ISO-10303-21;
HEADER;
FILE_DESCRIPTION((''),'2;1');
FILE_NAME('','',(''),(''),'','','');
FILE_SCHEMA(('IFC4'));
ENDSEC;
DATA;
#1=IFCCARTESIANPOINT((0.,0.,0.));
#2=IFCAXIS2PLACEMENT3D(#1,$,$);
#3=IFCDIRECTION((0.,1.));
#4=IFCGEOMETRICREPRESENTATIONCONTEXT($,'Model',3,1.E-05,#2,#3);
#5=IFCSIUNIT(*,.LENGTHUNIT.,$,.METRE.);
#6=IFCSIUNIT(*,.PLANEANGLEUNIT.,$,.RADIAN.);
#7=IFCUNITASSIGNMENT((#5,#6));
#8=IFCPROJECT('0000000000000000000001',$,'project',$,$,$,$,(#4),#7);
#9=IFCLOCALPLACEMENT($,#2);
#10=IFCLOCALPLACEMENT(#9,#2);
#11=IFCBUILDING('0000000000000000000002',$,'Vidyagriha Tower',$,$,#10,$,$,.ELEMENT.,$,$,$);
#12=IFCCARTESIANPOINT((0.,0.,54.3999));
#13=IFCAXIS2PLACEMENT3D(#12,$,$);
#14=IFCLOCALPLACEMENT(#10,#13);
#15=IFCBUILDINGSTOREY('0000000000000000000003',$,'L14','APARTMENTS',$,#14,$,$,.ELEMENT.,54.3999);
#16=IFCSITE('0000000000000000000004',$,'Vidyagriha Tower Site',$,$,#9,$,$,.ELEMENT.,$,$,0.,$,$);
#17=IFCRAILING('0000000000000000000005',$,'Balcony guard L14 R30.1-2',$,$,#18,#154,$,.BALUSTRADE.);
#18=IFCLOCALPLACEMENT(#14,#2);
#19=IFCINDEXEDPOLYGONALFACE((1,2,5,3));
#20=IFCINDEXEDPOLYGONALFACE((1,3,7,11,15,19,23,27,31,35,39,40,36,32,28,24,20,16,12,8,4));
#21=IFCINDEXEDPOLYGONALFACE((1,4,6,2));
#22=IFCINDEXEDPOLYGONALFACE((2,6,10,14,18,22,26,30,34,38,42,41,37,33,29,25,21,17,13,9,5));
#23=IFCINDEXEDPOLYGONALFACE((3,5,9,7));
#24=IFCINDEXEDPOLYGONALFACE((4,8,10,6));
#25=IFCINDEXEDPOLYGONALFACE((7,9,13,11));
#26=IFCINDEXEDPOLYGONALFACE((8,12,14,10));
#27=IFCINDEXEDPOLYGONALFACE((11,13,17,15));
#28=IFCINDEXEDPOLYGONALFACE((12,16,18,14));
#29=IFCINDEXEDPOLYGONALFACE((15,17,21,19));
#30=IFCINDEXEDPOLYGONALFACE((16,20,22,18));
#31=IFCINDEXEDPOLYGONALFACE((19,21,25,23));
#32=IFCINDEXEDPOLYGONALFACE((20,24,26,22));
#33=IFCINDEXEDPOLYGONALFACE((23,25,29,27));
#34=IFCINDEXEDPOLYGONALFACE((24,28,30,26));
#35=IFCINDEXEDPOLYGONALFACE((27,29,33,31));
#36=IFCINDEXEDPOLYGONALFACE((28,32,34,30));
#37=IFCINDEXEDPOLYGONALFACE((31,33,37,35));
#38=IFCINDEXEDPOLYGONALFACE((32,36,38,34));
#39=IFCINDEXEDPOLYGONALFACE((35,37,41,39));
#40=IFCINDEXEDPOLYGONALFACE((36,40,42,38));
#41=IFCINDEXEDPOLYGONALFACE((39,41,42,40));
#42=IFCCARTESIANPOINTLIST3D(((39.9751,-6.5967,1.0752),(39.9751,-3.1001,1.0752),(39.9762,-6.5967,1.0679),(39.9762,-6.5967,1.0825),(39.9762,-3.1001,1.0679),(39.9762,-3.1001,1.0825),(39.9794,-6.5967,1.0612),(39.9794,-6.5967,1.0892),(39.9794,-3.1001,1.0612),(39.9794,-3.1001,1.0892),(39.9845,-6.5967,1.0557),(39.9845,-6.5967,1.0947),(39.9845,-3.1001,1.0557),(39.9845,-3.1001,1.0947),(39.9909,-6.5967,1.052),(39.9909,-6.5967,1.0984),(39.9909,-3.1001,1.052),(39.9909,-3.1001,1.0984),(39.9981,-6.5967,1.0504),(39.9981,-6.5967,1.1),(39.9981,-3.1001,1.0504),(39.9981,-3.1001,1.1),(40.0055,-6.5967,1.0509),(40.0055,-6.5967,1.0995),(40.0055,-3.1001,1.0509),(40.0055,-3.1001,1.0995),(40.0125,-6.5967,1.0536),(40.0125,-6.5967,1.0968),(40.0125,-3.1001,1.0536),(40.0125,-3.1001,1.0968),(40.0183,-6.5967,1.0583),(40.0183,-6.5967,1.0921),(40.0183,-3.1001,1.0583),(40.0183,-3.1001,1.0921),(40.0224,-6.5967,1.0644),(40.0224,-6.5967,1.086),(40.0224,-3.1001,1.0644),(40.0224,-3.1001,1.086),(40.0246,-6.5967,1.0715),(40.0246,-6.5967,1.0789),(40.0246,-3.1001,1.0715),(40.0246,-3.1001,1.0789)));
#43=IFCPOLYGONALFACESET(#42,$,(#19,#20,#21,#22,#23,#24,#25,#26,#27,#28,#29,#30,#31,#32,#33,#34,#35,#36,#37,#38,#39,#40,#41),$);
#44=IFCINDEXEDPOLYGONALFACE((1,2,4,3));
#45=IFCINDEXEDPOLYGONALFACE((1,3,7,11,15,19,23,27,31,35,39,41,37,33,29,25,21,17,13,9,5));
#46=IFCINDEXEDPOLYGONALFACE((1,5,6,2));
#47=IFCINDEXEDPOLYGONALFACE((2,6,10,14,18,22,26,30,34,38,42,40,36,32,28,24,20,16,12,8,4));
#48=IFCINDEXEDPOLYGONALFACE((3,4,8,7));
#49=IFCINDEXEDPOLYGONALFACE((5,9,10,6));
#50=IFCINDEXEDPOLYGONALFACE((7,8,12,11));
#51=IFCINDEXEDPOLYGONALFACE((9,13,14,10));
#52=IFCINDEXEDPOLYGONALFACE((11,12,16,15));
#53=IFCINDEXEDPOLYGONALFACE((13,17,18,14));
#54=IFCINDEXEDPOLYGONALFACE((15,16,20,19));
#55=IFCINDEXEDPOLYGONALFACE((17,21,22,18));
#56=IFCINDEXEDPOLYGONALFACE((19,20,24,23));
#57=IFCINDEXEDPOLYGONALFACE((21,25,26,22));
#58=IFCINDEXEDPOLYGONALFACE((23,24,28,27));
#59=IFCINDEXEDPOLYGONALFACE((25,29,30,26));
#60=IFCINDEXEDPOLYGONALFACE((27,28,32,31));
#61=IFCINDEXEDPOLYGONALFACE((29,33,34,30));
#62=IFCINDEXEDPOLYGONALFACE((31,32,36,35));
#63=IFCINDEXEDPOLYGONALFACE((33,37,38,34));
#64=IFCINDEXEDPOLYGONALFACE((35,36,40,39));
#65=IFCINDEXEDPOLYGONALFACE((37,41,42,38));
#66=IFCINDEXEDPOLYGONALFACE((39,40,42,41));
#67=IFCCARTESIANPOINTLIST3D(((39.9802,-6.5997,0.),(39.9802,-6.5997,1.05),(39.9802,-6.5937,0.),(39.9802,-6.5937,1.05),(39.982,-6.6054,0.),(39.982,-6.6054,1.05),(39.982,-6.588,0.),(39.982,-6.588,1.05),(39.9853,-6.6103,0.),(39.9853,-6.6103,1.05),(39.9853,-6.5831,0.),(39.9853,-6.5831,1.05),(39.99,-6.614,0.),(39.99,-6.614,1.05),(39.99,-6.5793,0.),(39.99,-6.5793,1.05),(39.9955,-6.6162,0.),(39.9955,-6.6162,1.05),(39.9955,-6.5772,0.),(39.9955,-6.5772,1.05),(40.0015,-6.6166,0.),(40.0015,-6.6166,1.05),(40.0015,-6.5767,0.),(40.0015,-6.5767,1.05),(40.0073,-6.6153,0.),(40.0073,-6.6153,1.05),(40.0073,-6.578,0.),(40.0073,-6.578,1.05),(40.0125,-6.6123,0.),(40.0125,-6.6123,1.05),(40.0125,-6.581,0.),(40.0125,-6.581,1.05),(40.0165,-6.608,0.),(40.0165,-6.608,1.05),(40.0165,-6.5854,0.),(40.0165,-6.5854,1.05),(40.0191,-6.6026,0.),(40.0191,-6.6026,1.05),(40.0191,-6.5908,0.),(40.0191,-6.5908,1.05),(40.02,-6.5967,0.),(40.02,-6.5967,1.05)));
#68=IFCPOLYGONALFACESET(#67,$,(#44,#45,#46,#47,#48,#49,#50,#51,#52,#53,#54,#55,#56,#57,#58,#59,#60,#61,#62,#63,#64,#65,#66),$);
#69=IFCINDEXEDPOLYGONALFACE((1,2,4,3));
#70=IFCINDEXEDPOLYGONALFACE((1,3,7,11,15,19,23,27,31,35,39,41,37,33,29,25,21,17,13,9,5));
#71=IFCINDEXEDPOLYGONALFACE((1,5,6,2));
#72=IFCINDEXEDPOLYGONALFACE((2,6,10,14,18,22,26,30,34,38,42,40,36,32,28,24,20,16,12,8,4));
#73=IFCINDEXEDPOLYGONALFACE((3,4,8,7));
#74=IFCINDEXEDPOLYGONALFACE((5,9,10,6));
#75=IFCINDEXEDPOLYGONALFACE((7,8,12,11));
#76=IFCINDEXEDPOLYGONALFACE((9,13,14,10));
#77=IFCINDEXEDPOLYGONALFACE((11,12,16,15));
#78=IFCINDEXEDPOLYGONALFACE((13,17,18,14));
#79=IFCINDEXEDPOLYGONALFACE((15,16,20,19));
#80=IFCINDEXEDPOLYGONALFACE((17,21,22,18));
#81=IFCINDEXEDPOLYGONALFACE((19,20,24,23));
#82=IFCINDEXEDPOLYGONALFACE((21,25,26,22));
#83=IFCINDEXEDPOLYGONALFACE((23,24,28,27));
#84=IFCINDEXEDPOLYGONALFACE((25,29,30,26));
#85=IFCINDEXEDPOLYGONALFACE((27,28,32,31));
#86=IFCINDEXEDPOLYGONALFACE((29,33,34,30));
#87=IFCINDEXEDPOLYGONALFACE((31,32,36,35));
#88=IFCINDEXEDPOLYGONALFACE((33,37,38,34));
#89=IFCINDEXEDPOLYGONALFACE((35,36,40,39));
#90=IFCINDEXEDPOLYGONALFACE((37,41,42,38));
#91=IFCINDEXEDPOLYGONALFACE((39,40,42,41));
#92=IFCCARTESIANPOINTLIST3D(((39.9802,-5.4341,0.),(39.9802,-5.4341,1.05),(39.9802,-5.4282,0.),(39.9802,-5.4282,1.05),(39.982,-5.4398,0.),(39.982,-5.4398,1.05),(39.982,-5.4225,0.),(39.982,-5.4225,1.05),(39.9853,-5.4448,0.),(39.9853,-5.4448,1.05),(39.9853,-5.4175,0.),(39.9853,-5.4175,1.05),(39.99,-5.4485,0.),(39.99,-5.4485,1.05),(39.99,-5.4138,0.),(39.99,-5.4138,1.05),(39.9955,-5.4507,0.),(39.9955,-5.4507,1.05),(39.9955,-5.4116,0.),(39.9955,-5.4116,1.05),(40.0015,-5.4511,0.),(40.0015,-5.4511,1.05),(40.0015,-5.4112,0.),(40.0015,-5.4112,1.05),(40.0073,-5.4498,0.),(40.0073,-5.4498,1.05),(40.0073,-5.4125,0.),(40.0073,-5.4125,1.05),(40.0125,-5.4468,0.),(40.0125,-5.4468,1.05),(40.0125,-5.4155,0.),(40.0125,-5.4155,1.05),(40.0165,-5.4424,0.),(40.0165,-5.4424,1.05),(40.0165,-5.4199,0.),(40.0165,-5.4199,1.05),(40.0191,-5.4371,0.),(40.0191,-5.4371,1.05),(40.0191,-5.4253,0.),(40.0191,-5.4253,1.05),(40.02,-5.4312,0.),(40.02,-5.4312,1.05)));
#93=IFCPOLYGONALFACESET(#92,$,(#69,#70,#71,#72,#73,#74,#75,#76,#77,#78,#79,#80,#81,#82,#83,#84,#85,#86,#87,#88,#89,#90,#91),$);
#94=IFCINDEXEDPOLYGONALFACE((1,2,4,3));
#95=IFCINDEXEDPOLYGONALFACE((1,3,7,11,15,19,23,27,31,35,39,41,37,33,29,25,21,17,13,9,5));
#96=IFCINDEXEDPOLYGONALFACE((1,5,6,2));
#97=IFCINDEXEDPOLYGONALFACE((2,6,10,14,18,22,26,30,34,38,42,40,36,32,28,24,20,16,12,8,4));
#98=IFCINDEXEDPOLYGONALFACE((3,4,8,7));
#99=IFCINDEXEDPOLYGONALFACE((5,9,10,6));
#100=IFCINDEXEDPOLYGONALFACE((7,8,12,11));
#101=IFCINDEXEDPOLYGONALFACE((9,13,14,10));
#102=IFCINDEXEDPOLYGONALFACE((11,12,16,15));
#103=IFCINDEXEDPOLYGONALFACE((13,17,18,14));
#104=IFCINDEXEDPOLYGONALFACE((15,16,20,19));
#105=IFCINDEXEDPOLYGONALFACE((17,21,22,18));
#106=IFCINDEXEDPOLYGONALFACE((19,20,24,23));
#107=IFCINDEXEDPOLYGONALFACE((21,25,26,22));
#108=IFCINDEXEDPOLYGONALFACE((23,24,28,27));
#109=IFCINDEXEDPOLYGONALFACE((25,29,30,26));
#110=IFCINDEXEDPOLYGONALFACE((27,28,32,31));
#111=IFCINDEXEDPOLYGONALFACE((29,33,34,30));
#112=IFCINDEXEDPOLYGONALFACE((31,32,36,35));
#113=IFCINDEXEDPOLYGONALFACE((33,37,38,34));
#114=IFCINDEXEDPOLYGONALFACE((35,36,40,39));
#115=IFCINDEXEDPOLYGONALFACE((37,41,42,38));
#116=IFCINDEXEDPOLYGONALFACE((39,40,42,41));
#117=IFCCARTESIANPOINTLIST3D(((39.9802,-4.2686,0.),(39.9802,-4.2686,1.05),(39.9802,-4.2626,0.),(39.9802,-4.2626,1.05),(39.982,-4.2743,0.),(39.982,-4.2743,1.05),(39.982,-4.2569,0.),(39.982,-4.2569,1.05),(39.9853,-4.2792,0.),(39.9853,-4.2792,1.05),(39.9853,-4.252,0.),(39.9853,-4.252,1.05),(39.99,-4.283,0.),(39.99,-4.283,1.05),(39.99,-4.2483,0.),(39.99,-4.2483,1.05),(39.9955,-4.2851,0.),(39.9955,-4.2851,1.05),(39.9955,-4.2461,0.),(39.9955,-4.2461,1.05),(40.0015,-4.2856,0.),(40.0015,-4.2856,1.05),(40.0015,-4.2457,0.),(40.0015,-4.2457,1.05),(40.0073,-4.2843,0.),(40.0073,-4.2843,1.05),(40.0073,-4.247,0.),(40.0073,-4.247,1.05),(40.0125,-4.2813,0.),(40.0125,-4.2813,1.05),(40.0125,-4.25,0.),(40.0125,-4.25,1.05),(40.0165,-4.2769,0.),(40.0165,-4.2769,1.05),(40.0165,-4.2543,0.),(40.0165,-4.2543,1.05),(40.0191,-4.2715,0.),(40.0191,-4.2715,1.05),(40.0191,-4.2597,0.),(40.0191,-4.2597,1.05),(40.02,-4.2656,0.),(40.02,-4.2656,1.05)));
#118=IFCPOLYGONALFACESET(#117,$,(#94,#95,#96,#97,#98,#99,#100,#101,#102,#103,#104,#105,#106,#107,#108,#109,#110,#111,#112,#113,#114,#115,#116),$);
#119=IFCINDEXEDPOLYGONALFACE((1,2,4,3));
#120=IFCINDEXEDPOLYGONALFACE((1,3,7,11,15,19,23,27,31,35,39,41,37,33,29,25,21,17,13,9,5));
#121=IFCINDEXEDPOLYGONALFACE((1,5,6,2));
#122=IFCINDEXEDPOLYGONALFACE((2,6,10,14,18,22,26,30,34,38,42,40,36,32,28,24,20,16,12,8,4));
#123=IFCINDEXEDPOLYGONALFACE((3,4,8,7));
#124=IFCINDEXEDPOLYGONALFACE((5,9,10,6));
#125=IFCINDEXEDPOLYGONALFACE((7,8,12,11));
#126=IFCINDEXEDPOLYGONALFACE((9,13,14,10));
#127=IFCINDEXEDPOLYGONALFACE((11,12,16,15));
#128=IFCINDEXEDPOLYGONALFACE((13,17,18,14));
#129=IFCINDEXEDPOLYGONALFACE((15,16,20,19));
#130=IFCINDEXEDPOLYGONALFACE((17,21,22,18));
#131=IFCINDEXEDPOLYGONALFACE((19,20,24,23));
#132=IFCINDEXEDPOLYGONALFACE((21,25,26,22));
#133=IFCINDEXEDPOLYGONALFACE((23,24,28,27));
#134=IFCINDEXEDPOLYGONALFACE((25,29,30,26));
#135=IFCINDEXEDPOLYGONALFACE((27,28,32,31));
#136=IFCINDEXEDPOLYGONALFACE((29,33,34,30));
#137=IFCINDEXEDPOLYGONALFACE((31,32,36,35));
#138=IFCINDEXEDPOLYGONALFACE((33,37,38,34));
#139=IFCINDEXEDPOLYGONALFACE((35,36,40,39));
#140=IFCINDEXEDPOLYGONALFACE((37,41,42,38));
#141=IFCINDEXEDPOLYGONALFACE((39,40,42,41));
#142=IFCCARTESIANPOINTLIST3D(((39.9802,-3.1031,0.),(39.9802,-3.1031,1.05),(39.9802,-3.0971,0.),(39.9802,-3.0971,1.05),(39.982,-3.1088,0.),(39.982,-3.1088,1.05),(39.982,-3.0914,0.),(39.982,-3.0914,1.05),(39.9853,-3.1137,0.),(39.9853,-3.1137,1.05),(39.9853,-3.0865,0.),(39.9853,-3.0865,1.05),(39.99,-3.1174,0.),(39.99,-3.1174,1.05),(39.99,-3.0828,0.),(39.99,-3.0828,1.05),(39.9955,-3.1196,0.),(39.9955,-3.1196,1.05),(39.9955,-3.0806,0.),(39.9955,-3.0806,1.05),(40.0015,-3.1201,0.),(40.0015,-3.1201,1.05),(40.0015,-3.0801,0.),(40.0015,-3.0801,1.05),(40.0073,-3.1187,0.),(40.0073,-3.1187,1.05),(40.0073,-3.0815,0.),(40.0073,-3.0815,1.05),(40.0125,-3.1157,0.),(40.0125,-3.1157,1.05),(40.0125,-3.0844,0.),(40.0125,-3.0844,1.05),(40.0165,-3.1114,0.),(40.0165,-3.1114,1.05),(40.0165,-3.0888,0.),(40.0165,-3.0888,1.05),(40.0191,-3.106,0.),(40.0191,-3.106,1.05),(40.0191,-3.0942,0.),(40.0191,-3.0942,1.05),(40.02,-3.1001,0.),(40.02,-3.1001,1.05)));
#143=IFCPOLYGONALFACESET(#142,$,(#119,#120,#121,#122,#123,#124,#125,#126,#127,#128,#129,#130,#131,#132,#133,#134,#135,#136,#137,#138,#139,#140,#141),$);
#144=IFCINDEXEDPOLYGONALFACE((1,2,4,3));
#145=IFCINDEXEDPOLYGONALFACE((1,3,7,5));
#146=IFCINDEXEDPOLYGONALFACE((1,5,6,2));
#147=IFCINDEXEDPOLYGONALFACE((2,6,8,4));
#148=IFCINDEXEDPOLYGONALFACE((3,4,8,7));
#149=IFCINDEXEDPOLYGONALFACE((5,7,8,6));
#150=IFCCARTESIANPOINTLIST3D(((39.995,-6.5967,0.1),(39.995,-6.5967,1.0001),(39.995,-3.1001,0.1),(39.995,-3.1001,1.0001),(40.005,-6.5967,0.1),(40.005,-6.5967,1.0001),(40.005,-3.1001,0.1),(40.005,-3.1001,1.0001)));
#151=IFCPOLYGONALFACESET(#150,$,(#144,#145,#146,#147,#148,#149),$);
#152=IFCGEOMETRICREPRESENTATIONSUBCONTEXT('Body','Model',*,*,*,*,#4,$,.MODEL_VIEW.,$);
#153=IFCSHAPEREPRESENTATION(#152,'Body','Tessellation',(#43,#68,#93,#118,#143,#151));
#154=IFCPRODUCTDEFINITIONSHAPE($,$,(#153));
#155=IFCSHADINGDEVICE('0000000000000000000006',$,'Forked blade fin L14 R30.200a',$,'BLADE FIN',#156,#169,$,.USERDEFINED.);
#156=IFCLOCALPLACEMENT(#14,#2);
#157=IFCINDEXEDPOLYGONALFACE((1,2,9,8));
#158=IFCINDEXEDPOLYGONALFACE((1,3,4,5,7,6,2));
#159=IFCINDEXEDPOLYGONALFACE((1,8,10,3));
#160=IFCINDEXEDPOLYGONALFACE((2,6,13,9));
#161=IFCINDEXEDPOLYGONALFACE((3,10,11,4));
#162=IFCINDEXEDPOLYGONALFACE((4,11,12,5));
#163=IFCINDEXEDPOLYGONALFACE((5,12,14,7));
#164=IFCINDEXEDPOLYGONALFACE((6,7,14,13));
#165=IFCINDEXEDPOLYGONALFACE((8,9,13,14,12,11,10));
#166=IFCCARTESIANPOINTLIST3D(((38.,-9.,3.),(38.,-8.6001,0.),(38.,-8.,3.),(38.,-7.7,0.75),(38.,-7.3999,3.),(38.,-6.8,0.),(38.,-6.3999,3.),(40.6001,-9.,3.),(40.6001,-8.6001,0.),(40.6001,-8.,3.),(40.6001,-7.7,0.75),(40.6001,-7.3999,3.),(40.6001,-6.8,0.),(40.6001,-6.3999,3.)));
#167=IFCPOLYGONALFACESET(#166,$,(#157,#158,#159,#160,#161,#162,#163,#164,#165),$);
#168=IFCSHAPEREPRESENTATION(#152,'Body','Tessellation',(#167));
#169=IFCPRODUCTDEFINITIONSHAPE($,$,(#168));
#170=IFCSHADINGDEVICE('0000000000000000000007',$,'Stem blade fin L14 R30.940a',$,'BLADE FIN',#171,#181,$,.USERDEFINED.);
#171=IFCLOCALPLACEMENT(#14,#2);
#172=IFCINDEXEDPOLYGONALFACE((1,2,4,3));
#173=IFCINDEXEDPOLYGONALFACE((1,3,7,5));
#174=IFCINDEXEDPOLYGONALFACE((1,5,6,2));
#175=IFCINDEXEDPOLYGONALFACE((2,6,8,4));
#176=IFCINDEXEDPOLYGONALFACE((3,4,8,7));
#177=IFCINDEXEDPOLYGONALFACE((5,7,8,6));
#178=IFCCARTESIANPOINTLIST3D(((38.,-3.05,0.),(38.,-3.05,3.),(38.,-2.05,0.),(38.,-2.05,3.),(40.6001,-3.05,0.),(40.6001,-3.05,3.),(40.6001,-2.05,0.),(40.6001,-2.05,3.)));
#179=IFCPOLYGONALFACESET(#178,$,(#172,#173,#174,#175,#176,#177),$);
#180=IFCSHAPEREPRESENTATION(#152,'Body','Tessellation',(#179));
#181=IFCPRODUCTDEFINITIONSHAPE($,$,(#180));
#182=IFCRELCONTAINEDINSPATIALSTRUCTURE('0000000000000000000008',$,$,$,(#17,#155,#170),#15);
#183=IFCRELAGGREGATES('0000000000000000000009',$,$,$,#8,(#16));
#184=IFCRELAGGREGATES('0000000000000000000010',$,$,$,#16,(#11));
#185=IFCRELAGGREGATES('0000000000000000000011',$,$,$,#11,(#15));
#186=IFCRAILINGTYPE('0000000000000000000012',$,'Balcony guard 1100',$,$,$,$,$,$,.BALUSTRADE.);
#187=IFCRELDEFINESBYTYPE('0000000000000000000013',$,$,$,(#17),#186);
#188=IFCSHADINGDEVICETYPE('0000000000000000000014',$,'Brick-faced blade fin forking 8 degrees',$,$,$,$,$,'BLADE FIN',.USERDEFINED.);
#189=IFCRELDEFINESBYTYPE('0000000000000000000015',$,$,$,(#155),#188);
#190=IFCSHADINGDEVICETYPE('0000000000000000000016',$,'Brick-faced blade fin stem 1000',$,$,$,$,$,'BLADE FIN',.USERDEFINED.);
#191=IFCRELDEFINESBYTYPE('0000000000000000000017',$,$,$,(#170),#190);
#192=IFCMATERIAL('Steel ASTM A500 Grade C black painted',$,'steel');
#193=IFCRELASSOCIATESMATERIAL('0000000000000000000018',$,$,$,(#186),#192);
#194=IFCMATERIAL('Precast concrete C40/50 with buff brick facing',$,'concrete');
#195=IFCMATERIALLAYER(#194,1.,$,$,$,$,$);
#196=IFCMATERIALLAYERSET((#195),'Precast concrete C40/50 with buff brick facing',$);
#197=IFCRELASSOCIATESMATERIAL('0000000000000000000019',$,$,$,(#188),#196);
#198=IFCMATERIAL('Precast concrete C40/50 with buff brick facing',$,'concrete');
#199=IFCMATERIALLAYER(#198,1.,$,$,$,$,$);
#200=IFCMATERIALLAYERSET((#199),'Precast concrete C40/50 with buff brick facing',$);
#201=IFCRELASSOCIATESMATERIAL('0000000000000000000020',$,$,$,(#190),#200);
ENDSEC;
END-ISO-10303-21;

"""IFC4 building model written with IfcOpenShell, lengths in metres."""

from ifc_helpers import new_model, si_unit, direction, frame, origin, origin_2d, place, context, subcontext, project, spatial, polyline, rectangle, circle, outline, extrude, material, layer, layer_set, type_object, element, save


model = new_model("IFC4")

# Units and contexts
model_context = context("Model", 3, precision=1e-05, world=origin(), true_north=direction((0.0, 1.0)))
body_context = subcontext(model_context, "Body", "Model", "MODEL_VIEW")
ifc_project = project(units=[si_unit("LENGTHUNIT", "METRE"), si_unit("PLANEANGLEUNIT", "RADIAN")], contexts=[model_context])

# Site, building, storey
site_placement = place(None, origin())
site = spatial("IfcSite", under=ifc_project, at=site_placement, Name="Vidyagriha Tower Site", CompositionType="ELEMENT", RefElevation=0.0)
building_placement = place(site_placement, origin())
building = spatial("IfcBuilding", under=site, at=building_placement, Name="Vidyagriha Tower", CompositionType="ELEMENT")
storey_placement = place(building_placement, frame((0.0, 0.0, 54.3999)))
storey = spatial("IfcBuildingStorey", under=building, at=storey_placement, Name="L14", Description="APARTMENTS", CompositionType="ELEMENT", Elevation=54.3999)

# Railing
ifc_material_1 = material(Name="Steel ASTM A500 Grade C black painted", Category="steel")
railing_type_1 = type_object("IfcRailingType", Name="Balcony guard 1100", PredefinedType="BALUSTRADE", material=ifc_material_1)
railing_1_placement = place(storey_placement, frame((40.0, -6.5967, 0.0)))
element("IfcRailing", 1, at=railing_1_placement, inside=storey, type_object=railing_type_1, Name="Balcony guard L14 R30.1-2", PredefinedType="BALUSTRADE", context=body_context, shape_type="SweptSolid", body=[
    extrude(circle(Radius=0.0249, at=origin_2d()), frame((0.0, 0.0, 1.0752), z_axis=(0.0, 1.0, 0.0), x_axis=(-1.0, 0.0, 0.0)), (0.0, 0.0, 1.0), 3.4966),
    extrude(circle(Radius=0.02, at=origin_2d()), origin(), (0.0, 0.0, 1.0), 1.05),
    extrude(circle(Radius=0.02, at=origin_2d()), frame((0.0, 1.1655, 0.0)), (0.0, 0.0, 1.0), 1.05),
    extrude(circle(Radius=0.02, at=origin_2d()), frame((0.0, 2.3311, 0.0)), (0.0, 0.0, 1.0), 1.05),
    extrude(circle(Radius=0.02, at=origin_2d()), frame((0.0, 3.4966, 0.0)), (0.0, 0.0, 1.0), 1.05),
    extrude(rectangle(XDim=0.01, YDim=0.9001, at=origin_2d()), frame((0.0, 0.0, 0.55), z_axis=(0.0, 1.0, 0.0), x_axis=(-1.0, 0.0, 0.0)), (0.0, 0.0, 1.0), 3.4966),
])

# Shading devices
ifc_material_2 = material(Name="Precast concrete C40/50 with buff brick facing", Category="concrete")
ifc_layer_1 = layer(ifc_material_2, 1.0)
ifc_layer_set_1 = layer_set([ifc_layer_1], Name="Precast concrete C40/50 with buff brick facing")
shading_device_type_1 = type_object("IfcShadingDeviceType", Name="Brick-faced blade fin forking 8 degrees", ElementType="BLADE FIN", PredefinedType="USERDEFINED", material=ifc_layer_set_1)
shading_device_1_placement = place(storey_placement, frame((39.3, -9.0, 0.0), z_axis=(0.0, 0.0, 1.0), x_axis=(0.0, 1.0, 0.0)))
element("IfcShadingDevice", 2, at=shading_device_1_placement, inside=storey, type_object=shading_device_type_1, Name="Forked blade fin L14 R30.200a", ObjectType="BLADE FIN", PredefinedType="USERDEFINED", context=body_context, shape_type="SweptSolid", body=[
    extrude(outline(polyline([(0.3999, 0.0), (2.2, 0.0), (2.6001, 3.0), (1.6001, 3.0), (1.3, 0.75), (1.0, 3.0), (0.0, 3.0), (0.3999, 0.0)])), frame((0.0, 1.3, 0.0), z_axis=(0.0, -1.0, 0.0), x_axis=(1.0, 0.0, 0.0)), (0.0, 0.0, 1.0), 2.6001),
])
ifc_material_3 = material(Name="Precast concrete C40/50 with buff brick facing", Category="concrete")
ifc_layer_2 = layer(ifc_material_3, 1.0)
ifc_layer_set_2 = layer_set([ifc_layer_2], Name="Precast concrete C40/50 with buff brick facing")
shading_device_type_2 = type_object("IfcShadingDeviceType", Name="Brick-faced blade fin stem 1000", ElementType="BLADE FIN", PredefinedType="USERDEFINED", material=ifc_layer_set_2)
shading_device_2_placement = place(storey_placement, frame((39.3, -3.05, 0.0), z_axis=(0.0, 0.0, 1.0), x_axis=(0.0, 1.0, 0.0)))
element("IfcShadingDevice", 3, at=shading_device_2_placement, inside=storey, type_object=shading_device_type_2, Name="Stem blade fin L14 R30.940a", ObjectType="BLADE FIN", PredefinedType="USERDEFINED", context=body_context, shape_type="SweptSolid", body=[
    extrude(outline(polyline([(0.0, 0.0), (1.0, 0.0), (1.0, 3.0), (0.0, 3.0), (0.0, 0.0)])), frame((0.0, 1.3, 0.0), z_axis=(0.0, -1.0, 0.0), x_axis=(1.0, 0.0, 0.0)), (0.0, 0.0, 1.0), 2.6001),
])

save(model, "model.ifc")
